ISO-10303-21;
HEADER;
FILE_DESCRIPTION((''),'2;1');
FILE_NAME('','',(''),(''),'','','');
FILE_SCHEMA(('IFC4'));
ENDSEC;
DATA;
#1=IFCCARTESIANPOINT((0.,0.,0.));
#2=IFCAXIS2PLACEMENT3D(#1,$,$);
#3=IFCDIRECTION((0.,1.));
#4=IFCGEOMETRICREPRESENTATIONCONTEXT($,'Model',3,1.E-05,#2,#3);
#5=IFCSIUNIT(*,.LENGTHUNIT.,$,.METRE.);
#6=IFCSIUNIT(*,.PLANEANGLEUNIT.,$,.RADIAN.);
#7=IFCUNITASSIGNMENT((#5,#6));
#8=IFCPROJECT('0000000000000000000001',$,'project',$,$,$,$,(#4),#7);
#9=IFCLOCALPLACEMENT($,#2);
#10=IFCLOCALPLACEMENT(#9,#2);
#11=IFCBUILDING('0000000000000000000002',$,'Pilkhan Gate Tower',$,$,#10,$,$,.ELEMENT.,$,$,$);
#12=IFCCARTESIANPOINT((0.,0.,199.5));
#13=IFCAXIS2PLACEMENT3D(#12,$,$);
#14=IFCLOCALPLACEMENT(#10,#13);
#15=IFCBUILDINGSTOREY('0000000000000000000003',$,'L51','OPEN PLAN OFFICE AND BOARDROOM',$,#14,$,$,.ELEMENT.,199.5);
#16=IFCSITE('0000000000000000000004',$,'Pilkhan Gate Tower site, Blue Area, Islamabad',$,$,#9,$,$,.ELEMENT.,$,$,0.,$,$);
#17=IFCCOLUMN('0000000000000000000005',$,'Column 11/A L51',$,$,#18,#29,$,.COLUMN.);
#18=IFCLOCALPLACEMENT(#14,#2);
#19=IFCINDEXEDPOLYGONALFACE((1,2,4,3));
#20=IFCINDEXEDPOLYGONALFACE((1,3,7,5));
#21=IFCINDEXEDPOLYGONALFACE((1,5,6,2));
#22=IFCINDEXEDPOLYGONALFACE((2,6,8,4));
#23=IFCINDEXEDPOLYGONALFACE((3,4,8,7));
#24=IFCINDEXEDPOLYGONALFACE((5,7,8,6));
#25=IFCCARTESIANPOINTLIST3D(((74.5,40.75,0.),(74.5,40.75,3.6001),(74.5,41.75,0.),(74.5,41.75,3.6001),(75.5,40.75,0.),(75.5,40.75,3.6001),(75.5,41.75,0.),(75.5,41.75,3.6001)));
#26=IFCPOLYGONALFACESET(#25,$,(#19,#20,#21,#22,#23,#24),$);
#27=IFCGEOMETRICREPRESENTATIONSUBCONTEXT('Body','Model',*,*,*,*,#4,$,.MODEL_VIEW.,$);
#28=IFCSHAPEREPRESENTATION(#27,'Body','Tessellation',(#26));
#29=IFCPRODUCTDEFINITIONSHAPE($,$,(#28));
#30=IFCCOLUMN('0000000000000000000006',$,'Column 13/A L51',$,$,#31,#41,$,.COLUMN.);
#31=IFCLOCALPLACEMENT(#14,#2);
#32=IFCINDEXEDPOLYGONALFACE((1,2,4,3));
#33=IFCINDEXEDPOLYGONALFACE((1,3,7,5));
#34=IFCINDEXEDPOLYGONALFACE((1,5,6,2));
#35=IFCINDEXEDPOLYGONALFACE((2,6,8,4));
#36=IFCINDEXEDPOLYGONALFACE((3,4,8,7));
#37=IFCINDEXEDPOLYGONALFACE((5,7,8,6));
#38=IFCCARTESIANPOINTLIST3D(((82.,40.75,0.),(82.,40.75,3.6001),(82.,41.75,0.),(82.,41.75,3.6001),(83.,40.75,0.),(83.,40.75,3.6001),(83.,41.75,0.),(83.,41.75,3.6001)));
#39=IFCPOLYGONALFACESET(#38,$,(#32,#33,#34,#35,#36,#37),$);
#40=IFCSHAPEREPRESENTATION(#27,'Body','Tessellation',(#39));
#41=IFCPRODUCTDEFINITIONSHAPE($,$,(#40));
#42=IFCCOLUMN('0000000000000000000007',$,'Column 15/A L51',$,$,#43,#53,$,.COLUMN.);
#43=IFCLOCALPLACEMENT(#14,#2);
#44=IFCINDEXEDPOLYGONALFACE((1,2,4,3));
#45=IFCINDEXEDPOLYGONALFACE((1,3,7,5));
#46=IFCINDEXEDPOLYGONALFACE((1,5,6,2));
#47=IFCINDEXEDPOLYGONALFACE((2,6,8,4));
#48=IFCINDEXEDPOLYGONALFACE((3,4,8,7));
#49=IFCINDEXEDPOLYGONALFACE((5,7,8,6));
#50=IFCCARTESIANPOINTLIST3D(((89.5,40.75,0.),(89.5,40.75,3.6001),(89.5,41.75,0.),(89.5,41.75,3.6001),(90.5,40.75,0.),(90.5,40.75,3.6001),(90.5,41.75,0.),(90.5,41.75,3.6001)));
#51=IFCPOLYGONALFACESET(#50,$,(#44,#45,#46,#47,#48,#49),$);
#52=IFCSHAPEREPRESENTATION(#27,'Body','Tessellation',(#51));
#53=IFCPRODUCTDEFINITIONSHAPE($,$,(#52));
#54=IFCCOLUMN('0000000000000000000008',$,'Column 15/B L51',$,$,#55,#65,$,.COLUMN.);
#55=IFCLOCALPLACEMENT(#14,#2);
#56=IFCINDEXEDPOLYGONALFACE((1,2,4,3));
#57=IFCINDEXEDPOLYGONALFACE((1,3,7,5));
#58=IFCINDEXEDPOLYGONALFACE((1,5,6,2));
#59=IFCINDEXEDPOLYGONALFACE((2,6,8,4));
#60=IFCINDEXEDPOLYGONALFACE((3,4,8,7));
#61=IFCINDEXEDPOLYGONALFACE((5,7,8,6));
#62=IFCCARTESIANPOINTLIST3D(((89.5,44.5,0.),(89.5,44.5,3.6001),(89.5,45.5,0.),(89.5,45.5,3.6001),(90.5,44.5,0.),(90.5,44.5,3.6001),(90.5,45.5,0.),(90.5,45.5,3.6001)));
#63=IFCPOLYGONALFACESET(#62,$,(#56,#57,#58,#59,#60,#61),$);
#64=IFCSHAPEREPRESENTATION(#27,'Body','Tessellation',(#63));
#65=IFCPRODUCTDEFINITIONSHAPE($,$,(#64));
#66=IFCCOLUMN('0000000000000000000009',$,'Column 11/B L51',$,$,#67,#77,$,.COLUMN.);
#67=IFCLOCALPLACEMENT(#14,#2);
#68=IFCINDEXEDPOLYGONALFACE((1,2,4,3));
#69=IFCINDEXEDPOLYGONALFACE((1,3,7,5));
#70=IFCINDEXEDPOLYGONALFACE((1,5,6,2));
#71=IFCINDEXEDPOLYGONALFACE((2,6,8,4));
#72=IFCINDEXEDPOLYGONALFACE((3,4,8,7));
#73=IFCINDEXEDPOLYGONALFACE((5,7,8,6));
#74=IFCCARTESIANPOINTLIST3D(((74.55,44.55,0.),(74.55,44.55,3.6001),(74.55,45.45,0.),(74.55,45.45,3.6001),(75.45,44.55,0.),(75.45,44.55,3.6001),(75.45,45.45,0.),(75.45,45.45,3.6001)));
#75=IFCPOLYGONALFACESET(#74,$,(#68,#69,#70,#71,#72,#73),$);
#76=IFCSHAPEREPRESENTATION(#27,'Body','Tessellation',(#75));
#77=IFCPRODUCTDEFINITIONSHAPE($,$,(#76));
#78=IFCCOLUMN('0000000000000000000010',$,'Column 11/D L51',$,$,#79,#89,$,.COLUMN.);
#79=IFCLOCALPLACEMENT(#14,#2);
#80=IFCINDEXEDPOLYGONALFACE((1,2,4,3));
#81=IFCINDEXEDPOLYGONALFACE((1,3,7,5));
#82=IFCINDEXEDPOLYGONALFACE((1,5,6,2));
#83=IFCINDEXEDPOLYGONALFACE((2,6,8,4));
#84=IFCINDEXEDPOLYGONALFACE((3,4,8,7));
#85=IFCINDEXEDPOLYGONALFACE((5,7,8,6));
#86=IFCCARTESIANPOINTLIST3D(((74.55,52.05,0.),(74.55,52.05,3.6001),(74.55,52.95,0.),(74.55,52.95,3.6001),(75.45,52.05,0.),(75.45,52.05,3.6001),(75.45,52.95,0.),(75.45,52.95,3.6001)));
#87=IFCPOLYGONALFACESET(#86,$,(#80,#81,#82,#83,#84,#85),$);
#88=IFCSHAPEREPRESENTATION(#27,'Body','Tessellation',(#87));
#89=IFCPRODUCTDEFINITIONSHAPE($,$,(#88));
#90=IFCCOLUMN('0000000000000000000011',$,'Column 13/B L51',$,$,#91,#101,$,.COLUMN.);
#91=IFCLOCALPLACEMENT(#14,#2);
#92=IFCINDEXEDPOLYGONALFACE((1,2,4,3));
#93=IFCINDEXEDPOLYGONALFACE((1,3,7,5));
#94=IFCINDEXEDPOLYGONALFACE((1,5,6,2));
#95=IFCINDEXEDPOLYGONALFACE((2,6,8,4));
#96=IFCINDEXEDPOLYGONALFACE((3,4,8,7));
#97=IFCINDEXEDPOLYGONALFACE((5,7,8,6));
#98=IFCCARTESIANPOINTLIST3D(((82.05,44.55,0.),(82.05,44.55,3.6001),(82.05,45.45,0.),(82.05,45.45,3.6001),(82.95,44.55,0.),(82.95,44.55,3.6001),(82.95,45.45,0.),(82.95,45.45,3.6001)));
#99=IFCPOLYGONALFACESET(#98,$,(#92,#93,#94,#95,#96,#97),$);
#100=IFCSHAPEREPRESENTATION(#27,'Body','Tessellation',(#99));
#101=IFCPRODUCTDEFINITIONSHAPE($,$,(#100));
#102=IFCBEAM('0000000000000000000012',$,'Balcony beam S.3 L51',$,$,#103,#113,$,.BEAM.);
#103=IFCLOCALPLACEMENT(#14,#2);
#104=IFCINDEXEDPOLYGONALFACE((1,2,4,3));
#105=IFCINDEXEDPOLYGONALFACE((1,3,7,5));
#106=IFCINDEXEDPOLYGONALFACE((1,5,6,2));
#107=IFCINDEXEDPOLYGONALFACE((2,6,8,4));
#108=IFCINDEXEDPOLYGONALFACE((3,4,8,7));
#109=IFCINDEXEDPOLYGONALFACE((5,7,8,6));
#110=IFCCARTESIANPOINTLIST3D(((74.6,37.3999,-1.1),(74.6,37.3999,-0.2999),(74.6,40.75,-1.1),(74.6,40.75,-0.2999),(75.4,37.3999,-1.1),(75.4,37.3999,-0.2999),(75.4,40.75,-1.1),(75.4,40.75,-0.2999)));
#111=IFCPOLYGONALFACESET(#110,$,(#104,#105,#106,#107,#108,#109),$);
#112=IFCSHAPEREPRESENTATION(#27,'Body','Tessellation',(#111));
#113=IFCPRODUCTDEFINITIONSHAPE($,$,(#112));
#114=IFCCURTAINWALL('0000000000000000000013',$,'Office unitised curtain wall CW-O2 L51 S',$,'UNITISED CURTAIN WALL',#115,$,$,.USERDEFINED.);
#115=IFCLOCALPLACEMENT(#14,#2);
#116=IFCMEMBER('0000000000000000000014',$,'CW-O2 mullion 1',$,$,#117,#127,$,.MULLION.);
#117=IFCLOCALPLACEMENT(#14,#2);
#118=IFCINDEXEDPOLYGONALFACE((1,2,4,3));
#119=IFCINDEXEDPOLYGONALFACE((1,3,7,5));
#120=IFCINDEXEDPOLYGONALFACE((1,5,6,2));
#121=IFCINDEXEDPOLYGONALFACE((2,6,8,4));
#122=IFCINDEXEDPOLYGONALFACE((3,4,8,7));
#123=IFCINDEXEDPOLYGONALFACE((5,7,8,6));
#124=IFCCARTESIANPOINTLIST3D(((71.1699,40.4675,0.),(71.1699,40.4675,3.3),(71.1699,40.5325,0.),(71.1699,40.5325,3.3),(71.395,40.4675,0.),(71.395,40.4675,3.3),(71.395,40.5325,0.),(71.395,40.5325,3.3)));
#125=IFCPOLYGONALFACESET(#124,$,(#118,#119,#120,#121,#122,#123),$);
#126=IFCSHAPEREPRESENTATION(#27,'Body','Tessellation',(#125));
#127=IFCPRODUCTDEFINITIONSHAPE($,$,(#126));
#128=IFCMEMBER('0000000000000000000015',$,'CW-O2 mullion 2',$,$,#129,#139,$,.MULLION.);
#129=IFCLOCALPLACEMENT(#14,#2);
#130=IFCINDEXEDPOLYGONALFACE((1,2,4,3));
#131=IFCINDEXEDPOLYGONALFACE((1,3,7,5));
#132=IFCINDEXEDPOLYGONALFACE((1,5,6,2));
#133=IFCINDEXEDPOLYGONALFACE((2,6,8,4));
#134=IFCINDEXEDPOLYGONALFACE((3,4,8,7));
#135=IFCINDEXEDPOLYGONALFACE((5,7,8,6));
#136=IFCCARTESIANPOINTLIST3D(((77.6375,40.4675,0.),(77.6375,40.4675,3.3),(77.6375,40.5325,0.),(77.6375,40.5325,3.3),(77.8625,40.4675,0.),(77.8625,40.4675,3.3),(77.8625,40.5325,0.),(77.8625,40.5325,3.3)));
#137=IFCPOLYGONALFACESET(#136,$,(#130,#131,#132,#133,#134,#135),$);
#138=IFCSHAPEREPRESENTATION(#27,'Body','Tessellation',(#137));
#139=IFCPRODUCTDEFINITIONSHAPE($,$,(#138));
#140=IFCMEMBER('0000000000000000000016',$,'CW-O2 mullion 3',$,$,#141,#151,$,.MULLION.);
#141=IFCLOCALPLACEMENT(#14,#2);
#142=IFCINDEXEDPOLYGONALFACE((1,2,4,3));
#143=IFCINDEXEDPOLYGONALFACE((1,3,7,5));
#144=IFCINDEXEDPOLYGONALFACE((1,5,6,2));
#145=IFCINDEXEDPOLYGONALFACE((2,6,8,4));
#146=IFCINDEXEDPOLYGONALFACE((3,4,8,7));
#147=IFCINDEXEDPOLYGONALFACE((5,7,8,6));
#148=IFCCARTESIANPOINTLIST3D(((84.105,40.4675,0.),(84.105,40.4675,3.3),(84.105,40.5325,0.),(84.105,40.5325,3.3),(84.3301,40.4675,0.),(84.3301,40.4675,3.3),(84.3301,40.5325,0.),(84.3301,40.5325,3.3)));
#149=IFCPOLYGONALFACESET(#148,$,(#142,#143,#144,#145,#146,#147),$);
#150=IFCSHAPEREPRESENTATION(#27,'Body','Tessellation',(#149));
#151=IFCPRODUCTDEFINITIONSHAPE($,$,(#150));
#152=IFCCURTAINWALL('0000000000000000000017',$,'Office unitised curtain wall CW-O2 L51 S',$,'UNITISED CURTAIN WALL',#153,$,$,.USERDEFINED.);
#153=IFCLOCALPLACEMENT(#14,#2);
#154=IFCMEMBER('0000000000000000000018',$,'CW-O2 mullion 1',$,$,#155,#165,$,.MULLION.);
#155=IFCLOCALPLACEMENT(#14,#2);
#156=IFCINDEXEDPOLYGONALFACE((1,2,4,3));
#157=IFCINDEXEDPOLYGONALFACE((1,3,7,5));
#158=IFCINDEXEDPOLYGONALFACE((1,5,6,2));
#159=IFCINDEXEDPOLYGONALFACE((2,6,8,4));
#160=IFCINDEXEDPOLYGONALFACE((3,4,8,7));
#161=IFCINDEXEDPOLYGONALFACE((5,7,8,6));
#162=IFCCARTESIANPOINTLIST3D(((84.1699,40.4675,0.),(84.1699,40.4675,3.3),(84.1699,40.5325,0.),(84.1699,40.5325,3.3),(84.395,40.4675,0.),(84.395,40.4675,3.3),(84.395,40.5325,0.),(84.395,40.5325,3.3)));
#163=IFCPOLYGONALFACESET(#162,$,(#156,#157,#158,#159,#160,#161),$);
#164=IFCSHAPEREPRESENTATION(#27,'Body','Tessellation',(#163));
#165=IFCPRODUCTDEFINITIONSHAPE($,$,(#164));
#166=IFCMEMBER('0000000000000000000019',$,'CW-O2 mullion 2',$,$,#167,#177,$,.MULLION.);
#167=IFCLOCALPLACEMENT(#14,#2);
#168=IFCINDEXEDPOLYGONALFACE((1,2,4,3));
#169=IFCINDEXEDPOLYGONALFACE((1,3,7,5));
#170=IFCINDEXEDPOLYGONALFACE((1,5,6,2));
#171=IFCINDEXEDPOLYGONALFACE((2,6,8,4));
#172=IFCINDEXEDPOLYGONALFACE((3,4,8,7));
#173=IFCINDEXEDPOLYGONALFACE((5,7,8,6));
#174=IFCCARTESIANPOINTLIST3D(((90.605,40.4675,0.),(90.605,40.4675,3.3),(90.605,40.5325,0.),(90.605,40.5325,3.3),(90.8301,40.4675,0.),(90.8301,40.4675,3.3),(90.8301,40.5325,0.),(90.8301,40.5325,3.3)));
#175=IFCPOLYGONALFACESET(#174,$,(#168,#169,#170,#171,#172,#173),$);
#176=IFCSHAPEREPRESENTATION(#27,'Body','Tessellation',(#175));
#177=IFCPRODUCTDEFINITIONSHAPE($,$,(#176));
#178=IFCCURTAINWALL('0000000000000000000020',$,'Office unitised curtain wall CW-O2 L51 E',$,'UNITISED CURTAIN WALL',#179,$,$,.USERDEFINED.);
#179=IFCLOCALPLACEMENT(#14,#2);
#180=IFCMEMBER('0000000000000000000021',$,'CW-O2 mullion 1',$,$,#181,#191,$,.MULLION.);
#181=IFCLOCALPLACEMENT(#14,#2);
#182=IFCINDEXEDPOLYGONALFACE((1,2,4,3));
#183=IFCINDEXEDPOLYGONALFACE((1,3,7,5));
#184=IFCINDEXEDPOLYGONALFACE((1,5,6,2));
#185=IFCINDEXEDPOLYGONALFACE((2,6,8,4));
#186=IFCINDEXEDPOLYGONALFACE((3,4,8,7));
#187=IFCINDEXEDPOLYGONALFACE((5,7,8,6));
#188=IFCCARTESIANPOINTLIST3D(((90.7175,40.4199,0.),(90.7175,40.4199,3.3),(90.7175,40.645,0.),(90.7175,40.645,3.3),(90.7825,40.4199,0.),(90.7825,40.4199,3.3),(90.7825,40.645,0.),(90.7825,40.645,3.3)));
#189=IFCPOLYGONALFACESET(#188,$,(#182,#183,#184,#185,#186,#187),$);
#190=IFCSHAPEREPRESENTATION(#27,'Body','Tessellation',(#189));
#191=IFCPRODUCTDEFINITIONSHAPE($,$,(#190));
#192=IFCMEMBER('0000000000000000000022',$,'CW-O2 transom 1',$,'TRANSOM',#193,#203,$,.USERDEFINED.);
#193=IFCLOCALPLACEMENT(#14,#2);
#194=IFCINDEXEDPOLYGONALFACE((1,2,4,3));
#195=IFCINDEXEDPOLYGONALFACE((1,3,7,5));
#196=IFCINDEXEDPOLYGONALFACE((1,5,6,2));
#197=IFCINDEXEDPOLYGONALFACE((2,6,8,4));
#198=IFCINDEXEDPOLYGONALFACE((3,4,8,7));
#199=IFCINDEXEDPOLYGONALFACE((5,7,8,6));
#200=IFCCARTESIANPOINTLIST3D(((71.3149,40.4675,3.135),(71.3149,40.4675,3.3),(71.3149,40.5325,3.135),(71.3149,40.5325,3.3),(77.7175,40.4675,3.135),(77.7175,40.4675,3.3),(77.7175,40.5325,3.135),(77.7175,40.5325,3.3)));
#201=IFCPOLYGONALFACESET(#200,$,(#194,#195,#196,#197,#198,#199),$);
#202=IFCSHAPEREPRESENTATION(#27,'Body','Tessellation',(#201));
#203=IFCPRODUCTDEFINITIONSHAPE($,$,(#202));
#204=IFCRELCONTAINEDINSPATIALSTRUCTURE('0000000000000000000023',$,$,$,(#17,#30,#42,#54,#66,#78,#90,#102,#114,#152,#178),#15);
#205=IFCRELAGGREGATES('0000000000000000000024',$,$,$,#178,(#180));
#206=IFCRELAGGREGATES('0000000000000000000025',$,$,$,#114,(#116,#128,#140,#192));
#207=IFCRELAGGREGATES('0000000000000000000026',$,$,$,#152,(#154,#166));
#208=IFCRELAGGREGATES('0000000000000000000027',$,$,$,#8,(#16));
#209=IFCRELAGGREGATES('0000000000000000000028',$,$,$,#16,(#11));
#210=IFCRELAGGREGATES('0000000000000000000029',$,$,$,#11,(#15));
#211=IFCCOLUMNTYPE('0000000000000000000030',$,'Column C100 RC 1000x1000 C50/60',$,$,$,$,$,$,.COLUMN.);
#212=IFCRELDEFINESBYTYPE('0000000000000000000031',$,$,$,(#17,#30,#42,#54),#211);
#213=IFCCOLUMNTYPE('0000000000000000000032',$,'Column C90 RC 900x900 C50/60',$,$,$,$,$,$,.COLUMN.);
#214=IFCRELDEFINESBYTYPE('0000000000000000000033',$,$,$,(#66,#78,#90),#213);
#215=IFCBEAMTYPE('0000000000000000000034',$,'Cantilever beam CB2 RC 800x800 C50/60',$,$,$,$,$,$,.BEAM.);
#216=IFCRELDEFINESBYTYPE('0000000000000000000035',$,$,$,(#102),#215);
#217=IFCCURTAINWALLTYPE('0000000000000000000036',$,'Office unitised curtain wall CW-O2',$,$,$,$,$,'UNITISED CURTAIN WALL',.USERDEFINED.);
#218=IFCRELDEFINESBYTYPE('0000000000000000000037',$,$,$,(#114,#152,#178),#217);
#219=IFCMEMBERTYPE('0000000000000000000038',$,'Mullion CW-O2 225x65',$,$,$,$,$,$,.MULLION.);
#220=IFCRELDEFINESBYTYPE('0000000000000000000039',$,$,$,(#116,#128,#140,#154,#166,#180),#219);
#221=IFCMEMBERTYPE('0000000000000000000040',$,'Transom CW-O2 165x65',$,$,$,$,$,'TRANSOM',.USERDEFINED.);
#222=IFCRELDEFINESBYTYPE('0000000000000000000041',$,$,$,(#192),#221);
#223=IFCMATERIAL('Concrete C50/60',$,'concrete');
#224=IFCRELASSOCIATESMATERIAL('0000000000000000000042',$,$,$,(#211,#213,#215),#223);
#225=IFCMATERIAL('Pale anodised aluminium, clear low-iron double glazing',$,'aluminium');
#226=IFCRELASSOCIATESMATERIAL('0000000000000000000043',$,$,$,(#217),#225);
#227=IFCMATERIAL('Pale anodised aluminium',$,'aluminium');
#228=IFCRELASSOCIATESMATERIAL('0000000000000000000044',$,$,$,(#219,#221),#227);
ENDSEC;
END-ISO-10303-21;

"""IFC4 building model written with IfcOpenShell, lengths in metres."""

from ifc_helpers import new_model, si_unit, direction, frame, origin, origin_2d, place, context, subcontext, project, spatial, rectangle, extrude, material, material_profile, profile_set, type_object, element, aggregate, save


model = new_model("IFC4")

# Units and contexts
model_context = context("Model", 3, precision=1e-05, world=origin(), true_north=direction((0.0, 1.0)))
body_context = subcontext(model_context, "Body", "Model", "MODEL_VIEW")
ifc_project = project(units=[si_unit("LENGTHUNIT", "METRE"), si_unit("PLANEANGLEUNIT", "RADIAN")], contexts=[model_context])

# Site, building, storey
site_placement = place(None, origin())
site = spatial("IfcSite", under=ifc_project, at=site_placement, Name="Pilkhan Gate Tower site, Blue Area, Islamabad", CompositionType="ELEMENT", RefElevation=0.0)
building_placement = place(site_placement, origin())
building = spatial("IfcBuilding", under=site, at=building_placement, Name="Pilkhan Gate Tower", CompositionType="ELEMENT")
storey_placement = place(building_placement, frame((0.0, 0.0, 199.5)))
storey = spatial("IfcBuildingStorey", under=building, at=storey_placement, Name="L51", Description="OPEN PLAN OFFICE AND BOARDROOM", CompositionType="ELEMENT", Elevation=199.5)

# Columns
ifc_material_1 = material(Name="Concrete C50/60", Category="concrete")
ifc_material_profile_1 = material_profile(ifc_material_1, rectangle(XDim=1.0, YDim=1.0, at=origin_2d()), Name="RC 1000x1000")
ifc_profile_set_1 = profile_set([ifc_material_profile_1], Name="Concrete C50/60")
column_type_1 = type_object("IfcColumnType", Name="Column C100 RC 1000x1000 C50/60", PredefinedType="COLUMN", material=ifc_profile_set_1)
for number, where, z_axis, x_axis, name in (
    (1, (75.0, 41.25, 0.0), (0.0, 0.0, 1.0), (1.0, 0.0, 0.0), "Column 11/A L51"),
    (2, (82.5, 41.25, 0.0), (0.0, 0.0, 1.0), (1.0, 0.0, 0.0), "Column 13/A L51"),
    (3, (90.0, 41.25, 0.0), (0.0, 0.0, 1.0), (1.0, 0.0, 0.0), "Column 15/A L51"),
    (4, (90.0, 45.0, 0.0), (0.0, 0.0, 1.0), (1.0, 0.0, 0.0), "Column 15/B L51"),
):
    element("IfcColumn", number, at=place(storey_placement, frame(where, z_axis=z_axis, x_axis=x_axis)), inside=storey, type_object=column_type_1, Name=name, PredefinedType="COLUMN", context=body_context, shape_type="SweptSolid", body=[
        extrude(rectangle(XDim=1.0, YDim=1.0, at=origin_2d()), origin(), (0.0, 0.0, 1.0), 3.6001),
    ])
ifc_material_profile_2 = material_profile(ifc_material_1, rectangle(XDim=0.8999, YDim=0.8999, at=origin_2d()), Name="RC 900x900")
ifc_profile_set_2 = profile_set([ifc_material_profile_2], Name="Concrete C50/60")
column_type_2 = type_object("IfcColumnType", Name="Column C90 RC 900x900 C50/60", PredefinedType="COLUMN", material=ifc_profile_set_2)
for number, where, z_axis, x_axis, name in (
    (5, (75.0, 45.0, 0.0), (0.0, 0.0, 1.0), (1.0, 0.0, 0.0), "Column 11/B L51"),
    (6, (75.0, 52.5, 0.0), (0.0, 0.0, 1.0), (1.0, 0.0, 0.0), "Column 11/D L51"),
    (7, (82.5, 45.0, 0.0), (0.0, 0.0, 1.0), (1.0, 0.0, 0.0), "Column 13/B L51"),
):
    element("IfcColumn", number, at=place(storey_placement, frame(where, z_axis=z_axis, x_axis=x_axis)), inside=storey, type_object=column_type_2, Name=name, PredefinedType="COLUMN", context=body_context, shape_type="SweptSolid", body=[
        extrude(rectangle(XDim=0.8999, YDim=0.8999, at=origin_2d()), origin(), (0.0, 0.0, 1.0), 3.6001),
    ])

# Beam
ifc_material_profile_3 = material_profile(ifc_material_1, rectangle(XDim=0.8, YDim=0.8, at=origin_2d()), Name="RC 800x800")
ifc_profile_set_3 = profile_set([ifc_material_profile_3], Name="Concrete C50/60")
beam_type = type_object("IfcBeamType", Name="Cantilever beam CB2 RC 800x800 C50/60", PredefinedType="BEAM", material=ifc_profile_set_3)
beam_placement = place(storey_placement, frame((75.0, 40.75, -0.7), z_axis=(0.0, -1.0, 0.0), x_axis=(1.0, 0.0, 0.0)))
element("IfcBeam", 8, at=beam_placement, inside=storey, type_object=beam_type, Name="Balcony beam S.3 L51", PredefinedType="BEAM", context=body_context, shape_type="SweptSolid", body=[
    extrude(rectangle(XDim=0.8, YDim=0.8, at=origin_2d()), origin(), (0.0, 0.0, 1.0), 3.3501),
])

# Curtain walls, members
ifc_material_2 = material(Name="Pale anodised aluminium, clear low-iron double glazing", Category="aluminium")
curtain_wall_type = type_object("IfcCurtainWallType", Name="Office unitised curtain wall CW-O2", ElementType="UNITISED CURTAIN WALL", PredefinedType="USERDEFINED", material=ifc_material_2)
curtain_wall_1_placement = place(storey_placement, origin())
curtain_wall_1 = element("IfcCurtainWall", 9, at=curtain_wall_1_placement, inside=storey, type_object=curtain_wall_type, Name="Office unitised curtain wall CW-O2 L51 S", ObjectType="UNITISED CURTAIN WALL", PredefinedType="USERDEFINED")
ifc_material_3 = material(Name="Pale anodised aluminium", Category="aluminium")
ifc_material_profile_4 = material_profile(ifc_material_3, rectangle(XDim=0.0649, YDim=0.2251, at=origin_2d()), Name="Mullion 225x65")
ifc_profile_set_4 = profile_set([ifc_material_profile_4], Name="Pale anodised aluminium")
member_type_1 = type_object("IfcMemberType", Name="Mullion CW-O2 225x65", PredefinedType="MULLION", material=ifc_profile_set_4)
member_1_placement = place(storey_placement, frame((71.2825, 40.5, 0.0), z_axis=(0.0, 0.0, 1.0), x_axis=(0.0, 1.0, 0.0)))
member_1 = element("IfcMember", 10, at=member_1_placement, type_object=member_type_1, Name="CW-O2 mullion 1", PredefinedType="MULLION", context=body_context, shape_type="SweptSolid", body=[
    extrude(rectangle(XDim=0.0649, YDim=0.2251, at=origin_2d()), origin(), (0.0, 0.0, 1.0), 3.3),
])
member_2_placement = place(storey_placement, frame((77.75, 40.5, 0.0), z_axis=(0.0, 0.0, 1.0), x_axis=(0.0, 1.0, 0.0)))
member_2 = element("IfcMember", 11, at=member_2_placement, type_object=member_type_1, Name="CW-O2 mullion 2", PredefinedType="MULLION", context=body_context, shape_type="SweptSolid", body=[
    extrude(rectangle(XDim=0.0649, YDim=0.2251, at=origin_2d()), origin(), (0.0, 0.0, 1.0), 3.3),
])
member_3_placement = place(storey_placement, frame((84.2175, 40.5, 0.0), z_axis=(0.0, 0.0, 1.0), x_axis=(0.0, 1.0, 0.0)))
member_3 = element("IfcMember", 12, at=member_3_placement, type_object=member_type_1, Name="CW-O2 mullion 3", PredefinedType="MULLION", context=body_context, shape_type="SweptSolid", body=[
    extrude(rectangle(XDim=0.0649, YDim=0.2251, at=origin_2d()), origin(), (0.0, 0.0, 1.0), 3.3),
])
curtain_wall_2_placement = place(storey_placement, origin())
curtain_wall_2 = element("IfcCurtainWall", 13, at=curtain_wall_2_placement, inside=storey, type_object=curtain_wall_type, Name="Office unitised curtain wall CW-O2 L51 S", ObjectType="UNITISED CURTAIN WALL", PredefinedType="USERDEFINED")
member_4_placement = place(storey_placement, frame((84.2825, 40.5, 0.0), z_axis=(0.0, 0.0, 1.0), x_axis=(0.0, 1.0, 0.0)))
member_4 = element("IfcMember", 14, at=member_4_placement, type_object=member_type_1, Name="CW-O2 mullion 1", PredefinedType="MULLION", context=body_context, shape_type="SweptSolid", body=[
    extrude(rectangle(XDim=0.0649, YDim=0.2251, at=origin_2d()), origin(), (0.0, 0.0, 1.0), 3.3),
])
member_5_placement = place(storey_placement, frame((90.7175, 40.5, 0.0), z_axis=(0.0, 0.0, 1.0), x_axis=(0.0, 1.0, 0.0)))
member_5 = element("IfcMember", 15, at=member_5_placement, type_object=member_type_1, Name="CW-O2 mullion 2", PredefinedType="MULLION", context=body_context, shape_type="SweptSolid", body=[
    extrude(rectangle(XDim=0.0649, YDim=0.2251, at=origin_2d()), origin(), (0.0, 0.0, 1.0), 3.3),
])

# Curtain wall, member
curtain_wall_3_placement = place(storey_placement, origin())
curtain_wall_3 = element("IfcCurtainWall", 16, at=curtain_wall_3_placement, inside=storey, type_object=curtain_wall_type, Name="Office unitised curtain wall CW-O2 L51 E", ObjectType="UNITISED CURTAIN WALL", PredefinedType="USERDEFINED")
member_6_placement = place(storey_placement, frame((90.75, 40.5325, 0.0), z_axis=(0.0, 0.0, 1.0), x_axis=(-1.0, 0.0, 0.0)))
member_6 = element("IfcMember", 17, at=member_6_placement, type_object=member_type_1, Name="CW-O2 mullion 1", PredefinedType="MULLION", context=body_context, shape_type="SweptSolid", body=[
    extrude(rectangle(XDim=0.0649, YDim=0.2251, at=origin_2d()), origin(), (0.0, 0.0, 1.0), 3.3),
])
aggregate(curtain_wall_3, [member_6])

# Member
ifc_material_profile_5 = material_profile(ifc_material_3, rectangle(XDim=0.0649, YDim=0.165, at=origin_2d()), Name="Transom 165x65")
ifc_profile_set_5 = profile_set([ifc_material_profile_5], Name="Pale anodised aluminium")
member_type_2 = type_object("IfcMemberType", Name="Transom CW-O2 165x65", ElementType="TRANSOM", PredefinedType="USERDEFINED", material=ifc_profile_set_5)
member_7_placement = place(storey_placement, frame((71.3149, 40.5, 3.2175), z_axis=(1.0, 0.0, 0.0), x_axis=(0.0, 1.0, 0.0)))
member_7 = element("IfcMember", 18, at=member_7_placement, type_object=member_type_2, Name="CW-O2 transom 1", ObjectType="TRANSOM", PredefinedType="USERDEFINED", context=body_context, shape_type="SweptSolid", body=[
    extrude(rectangle(XDim=0.0649, YDim=0.165, at=origin_2d()), origin(), (0.0, 0.0, 1.0), 6.4026),
])

aggregate(curtain_wall_1, [member_1, member_2, member_3, member_7])
aggregate(curtain_wall_2, [member_4, member_5])

save(model, "model.ifc")
